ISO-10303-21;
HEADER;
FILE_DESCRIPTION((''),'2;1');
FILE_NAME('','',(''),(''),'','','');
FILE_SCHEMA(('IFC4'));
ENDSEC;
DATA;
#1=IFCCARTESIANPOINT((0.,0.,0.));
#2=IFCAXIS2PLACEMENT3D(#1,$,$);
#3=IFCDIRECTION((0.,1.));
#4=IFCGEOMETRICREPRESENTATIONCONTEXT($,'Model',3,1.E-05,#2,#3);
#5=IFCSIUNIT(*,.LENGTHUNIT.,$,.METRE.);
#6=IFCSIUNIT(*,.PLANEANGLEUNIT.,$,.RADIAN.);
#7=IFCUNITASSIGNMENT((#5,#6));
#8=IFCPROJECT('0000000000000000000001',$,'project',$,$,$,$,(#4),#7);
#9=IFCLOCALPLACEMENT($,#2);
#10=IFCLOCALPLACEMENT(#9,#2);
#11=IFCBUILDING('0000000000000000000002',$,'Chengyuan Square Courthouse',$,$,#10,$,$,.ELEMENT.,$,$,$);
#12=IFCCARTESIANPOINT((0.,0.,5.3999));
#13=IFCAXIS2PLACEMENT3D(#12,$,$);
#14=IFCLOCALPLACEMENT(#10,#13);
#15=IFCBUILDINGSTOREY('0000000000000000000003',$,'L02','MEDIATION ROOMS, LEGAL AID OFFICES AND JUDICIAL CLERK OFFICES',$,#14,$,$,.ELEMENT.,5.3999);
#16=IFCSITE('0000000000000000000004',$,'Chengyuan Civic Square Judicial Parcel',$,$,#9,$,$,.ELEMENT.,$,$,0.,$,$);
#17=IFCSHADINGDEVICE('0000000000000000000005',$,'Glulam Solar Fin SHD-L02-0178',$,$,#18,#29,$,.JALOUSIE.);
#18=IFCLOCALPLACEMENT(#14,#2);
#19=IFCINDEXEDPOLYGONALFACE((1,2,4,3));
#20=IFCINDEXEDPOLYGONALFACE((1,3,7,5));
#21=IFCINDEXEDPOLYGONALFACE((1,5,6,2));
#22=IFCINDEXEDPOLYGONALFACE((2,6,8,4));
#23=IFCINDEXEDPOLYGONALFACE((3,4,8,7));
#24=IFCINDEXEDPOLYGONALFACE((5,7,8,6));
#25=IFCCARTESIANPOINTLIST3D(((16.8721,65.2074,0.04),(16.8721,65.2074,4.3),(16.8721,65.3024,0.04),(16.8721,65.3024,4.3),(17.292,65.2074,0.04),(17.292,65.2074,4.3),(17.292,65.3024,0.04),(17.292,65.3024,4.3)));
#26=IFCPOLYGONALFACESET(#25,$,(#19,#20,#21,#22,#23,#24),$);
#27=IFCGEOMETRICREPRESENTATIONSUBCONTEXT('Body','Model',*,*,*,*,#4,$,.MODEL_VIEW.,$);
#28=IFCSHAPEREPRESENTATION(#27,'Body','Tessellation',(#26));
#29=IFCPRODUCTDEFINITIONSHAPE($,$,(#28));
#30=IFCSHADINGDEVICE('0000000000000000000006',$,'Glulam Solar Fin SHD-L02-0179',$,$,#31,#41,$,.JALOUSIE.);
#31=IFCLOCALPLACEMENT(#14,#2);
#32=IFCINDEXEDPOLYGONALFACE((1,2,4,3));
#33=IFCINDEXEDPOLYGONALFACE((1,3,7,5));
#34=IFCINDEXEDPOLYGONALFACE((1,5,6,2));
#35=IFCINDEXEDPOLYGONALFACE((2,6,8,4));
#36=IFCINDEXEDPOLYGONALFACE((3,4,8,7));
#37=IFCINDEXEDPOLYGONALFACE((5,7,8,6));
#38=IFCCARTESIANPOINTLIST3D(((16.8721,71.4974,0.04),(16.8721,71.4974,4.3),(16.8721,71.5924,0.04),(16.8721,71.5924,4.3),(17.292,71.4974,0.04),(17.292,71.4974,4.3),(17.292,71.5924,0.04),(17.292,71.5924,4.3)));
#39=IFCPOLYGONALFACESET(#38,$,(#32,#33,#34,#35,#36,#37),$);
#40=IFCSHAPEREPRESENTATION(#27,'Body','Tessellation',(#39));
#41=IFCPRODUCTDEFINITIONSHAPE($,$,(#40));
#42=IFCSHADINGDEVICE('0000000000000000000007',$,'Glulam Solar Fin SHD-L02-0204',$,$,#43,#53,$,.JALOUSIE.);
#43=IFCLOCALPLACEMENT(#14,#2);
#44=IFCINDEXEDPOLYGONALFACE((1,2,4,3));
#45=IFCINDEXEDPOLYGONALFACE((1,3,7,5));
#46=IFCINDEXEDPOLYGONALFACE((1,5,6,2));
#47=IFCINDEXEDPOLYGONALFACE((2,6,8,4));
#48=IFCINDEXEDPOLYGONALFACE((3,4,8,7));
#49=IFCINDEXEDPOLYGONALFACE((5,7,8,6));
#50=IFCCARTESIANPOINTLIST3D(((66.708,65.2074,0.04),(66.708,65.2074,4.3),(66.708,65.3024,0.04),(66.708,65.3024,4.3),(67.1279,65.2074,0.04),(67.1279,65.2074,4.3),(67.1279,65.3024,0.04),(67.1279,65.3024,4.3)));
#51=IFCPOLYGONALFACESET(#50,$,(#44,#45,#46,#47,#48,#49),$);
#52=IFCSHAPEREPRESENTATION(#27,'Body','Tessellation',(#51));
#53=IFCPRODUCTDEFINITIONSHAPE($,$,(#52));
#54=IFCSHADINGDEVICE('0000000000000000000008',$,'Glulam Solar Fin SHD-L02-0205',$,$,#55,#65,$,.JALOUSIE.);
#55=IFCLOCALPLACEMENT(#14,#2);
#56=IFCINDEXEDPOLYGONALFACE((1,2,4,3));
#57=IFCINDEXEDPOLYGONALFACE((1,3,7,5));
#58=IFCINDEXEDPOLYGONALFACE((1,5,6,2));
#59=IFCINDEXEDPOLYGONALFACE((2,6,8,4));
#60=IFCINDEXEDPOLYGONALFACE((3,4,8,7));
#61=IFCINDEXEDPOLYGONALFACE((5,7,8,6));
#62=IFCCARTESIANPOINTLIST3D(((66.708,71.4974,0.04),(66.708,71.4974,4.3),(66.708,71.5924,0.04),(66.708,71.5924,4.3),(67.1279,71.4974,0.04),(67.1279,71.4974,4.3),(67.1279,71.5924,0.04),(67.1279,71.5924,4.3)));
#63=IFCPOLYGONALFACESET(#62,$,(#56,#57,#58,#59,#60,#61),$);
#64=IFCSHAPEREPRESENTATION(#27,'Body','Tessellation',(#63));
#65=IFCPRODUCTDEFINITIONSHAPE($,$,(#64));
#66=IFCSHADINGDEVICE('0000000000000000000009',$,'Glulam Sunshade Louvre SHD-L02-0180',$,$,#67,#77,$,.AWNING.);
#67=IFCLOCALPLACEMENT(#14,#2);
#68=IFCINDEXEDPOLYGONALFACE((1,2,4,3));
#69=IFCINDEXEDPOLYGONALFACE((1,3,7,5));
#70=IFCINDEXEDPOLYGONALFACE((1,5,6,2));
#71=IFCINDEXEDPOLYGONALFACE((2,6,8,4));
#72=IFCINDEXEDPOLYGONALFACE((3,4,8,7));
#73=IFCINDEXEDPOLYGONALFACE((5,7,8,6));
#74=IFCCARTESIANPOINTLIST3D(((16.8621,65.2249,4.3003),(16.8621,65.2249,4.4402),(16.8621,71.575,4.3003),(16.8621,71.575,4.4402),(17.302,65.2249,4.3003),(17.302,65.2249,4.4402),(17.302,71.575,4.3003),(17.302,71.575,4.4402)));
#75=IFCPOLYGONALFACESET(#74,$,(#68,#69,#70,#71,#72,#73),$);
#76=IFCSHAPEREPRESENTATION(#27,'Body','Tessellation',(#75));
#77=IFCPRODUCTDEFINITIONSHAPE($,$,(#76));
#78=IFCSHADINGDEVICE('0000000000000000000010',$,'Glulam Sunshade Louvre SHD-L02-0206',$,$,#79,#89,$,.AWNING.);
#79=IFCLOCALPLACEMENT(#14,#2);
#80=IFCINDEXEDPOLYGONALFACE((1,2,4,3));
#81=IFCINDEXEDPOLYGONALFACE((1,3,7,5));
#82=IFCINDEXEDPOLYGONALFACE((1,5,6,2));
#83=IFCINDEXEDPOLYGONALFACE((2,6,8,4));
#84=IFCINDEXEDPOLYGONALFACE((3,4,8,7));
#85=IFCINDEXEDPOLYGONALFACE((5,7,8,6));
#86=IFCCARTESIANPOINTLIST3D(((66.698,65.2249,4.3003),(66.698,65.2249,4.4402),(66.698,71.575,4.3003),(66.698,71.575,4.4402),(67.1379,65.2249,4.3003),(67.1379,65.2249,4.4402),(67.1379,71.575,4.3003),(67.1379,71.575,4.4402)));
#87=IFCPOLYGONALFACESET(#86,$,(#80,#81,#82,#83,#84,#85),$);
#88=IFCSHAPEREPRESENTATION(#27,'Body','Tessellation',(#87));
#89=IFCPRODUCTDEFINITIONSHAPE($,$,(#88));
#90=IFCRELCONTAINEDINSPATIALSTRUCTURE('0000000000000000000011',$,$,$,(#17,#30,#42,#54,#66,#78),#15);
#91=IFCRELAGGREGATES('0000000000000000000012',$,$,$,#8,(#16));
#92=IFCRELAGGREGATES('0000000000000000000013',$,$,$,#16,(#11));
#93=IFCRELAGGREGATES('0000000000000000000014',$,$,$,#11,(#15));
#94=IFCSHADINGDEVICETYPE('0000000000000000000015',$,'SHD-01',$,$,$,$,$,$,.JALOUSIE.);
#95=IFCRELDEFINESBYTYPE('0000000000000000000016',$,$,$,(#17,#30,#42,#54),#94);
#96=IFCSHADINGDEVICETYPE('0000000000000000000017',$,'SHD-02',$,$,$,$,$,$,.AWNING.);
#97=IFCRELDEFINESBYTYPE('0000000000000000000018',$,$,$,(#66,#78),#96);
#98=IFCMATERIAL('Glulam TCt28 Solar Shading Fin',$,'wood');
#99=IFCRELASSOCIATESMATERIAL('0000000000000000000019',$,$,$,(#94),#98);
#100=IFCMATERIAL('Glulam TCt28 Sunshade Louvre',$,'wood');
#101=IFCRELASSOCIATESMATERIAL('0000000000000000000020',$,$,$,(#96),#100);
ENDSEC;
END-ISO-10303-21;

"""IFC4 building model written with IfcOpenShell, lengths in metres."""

from ifc_helpers import new_model, si_unit, direction, frame, origin, origin_2d, place, context, subcontext, project, spatial, rectangle, extrude, material, type_object, element, save


model = new_model("IFC4")

# Units and contexts
model_context = context("Model", 3, precision=1e-05, world=origin(), true_north=direction((0.0, 1.0)))
body_context = subcontext(model_context, "Body", "Model", "MODEL_VIEW")
ifc_project = project(units=[si_unit("LENGTHUNIT", "METRE"), si_unit("PLANEANGLEUNIT", "RADIAN")], contexts=[model_context])

# Site, building, storey
site_placement = place(None, origin())
site = spatial("IfcSite", under=ifc_project, at=site_placement, Name="Chengyuan Civic Square Judicial Parcel", CompositionType="ELEMENT", RefElevation=0.0)
building_placement = place(site_placement, origin())
building = spatial("IfcBuilding", under=site, at=building_placement, Name="Chengyuan Square Courthouse", CompositionType="ELEMENT")
storey_placement = place(building_placement, frame((0.0, 0.0, 5.3999)))
storey = spatial("IfcBuildingStorey", under=building, at=storey_placement, Name="L02", Description="MEDIATION ROOMS, LEGAL AID OFFICES AND JUDICIAL CLERK OFFICES", CompositionType="ELEMENT", Elevation=5.3999)

# Shading devices
ifc_material_1 = material(Name="Glulam TCt28 Solar Shading Fin", Category="wood")
shading_device_type_1 = type_object("IfcShadingDeviceType", Name="SHD-01", PredefinedType="JALOUSIE", material=ifc_material_1)
for number, where, z_axis, x_axis, name in (
    (1, (17.082, 65.2549, 0.04), (0.0, 0.0, 1.0), (1.0, 0.0, 0.0), "Glulam Solar Fin SHD-L02-0178"),
    (2, (17.082, 71.5449, 0.04), (0.0, 0.0, 1.0), (1.0, 0.0, 0.0), "Glulam Solar Fin SHD-L02-0179"),
    (3, (66.918, 65.2549, 0.04), (0.0, 0.0, 1.0), (1.0, 0.0, 0.0), "Glulam Solar Fin SHD-L02-0204"),
    (4, (66.918, 71.5449, 0.04), (0.0, 0.0, 1.0), (1.0, 0.0, 0.0), "Glulam Solar Fin SHD-L02-0205"),
):
    element("IfcShadingDevice", number, at=place(storey_placement, frame(where, z_axis=z_axis, x_axis=x_axis)), inside=storey, type_object=shading_device_type_1, Name=name, PredefinedType="JALOUSIE", context=body_context, shape_type="SweptSolid", body=[
        extrude(rectangle(XDim=0.4199, YDim=0.095, at=origin_2d()), origin(), (0.0, 0.0, 1.0), 4.26),
    ])
ifc_material_2 = material(Name="Glulam TCt28 Sunshade Louvre", Category="wood")
shading_device_type_2 = type_object("IfcShadingDeviceType", Name="SHD-02", PredefinedType="AWNING", material=ifc_material_2)
for number, where, z_axis, x_axis, name in (
    (5, (17.082, 68.3999, 4.3003), (0.0, 0.0, 1.0), (0.0, 1.0, 0.0), "Glulam Sunshade Louvre SHD-L02-0180"),
    (6, (66.918, 68.3999, 4.3003), (0.0, 0.0, 1.0), (0.0, 1.0, 0.0), "Glulam Sunshade Louvre SHD-L02-0206"),
):
    element("IfcShadingDevice", number, at=place(storey_placement, frame(where, z_axis=z_axis, x_axis=x_axis)), inside=storey, type_object=shading_device_type_2, Name=name, PredefinedType="AWNING", context=body_context, shape_type="SweptSolid", body=[
        extrude(rectangle(XDim=6.3501, YDim=0.4399, at=origin_2d()), origin(), (0.0, 0.0, 1.0), 0.1399),
    ])

save(model, "model.ifc")
